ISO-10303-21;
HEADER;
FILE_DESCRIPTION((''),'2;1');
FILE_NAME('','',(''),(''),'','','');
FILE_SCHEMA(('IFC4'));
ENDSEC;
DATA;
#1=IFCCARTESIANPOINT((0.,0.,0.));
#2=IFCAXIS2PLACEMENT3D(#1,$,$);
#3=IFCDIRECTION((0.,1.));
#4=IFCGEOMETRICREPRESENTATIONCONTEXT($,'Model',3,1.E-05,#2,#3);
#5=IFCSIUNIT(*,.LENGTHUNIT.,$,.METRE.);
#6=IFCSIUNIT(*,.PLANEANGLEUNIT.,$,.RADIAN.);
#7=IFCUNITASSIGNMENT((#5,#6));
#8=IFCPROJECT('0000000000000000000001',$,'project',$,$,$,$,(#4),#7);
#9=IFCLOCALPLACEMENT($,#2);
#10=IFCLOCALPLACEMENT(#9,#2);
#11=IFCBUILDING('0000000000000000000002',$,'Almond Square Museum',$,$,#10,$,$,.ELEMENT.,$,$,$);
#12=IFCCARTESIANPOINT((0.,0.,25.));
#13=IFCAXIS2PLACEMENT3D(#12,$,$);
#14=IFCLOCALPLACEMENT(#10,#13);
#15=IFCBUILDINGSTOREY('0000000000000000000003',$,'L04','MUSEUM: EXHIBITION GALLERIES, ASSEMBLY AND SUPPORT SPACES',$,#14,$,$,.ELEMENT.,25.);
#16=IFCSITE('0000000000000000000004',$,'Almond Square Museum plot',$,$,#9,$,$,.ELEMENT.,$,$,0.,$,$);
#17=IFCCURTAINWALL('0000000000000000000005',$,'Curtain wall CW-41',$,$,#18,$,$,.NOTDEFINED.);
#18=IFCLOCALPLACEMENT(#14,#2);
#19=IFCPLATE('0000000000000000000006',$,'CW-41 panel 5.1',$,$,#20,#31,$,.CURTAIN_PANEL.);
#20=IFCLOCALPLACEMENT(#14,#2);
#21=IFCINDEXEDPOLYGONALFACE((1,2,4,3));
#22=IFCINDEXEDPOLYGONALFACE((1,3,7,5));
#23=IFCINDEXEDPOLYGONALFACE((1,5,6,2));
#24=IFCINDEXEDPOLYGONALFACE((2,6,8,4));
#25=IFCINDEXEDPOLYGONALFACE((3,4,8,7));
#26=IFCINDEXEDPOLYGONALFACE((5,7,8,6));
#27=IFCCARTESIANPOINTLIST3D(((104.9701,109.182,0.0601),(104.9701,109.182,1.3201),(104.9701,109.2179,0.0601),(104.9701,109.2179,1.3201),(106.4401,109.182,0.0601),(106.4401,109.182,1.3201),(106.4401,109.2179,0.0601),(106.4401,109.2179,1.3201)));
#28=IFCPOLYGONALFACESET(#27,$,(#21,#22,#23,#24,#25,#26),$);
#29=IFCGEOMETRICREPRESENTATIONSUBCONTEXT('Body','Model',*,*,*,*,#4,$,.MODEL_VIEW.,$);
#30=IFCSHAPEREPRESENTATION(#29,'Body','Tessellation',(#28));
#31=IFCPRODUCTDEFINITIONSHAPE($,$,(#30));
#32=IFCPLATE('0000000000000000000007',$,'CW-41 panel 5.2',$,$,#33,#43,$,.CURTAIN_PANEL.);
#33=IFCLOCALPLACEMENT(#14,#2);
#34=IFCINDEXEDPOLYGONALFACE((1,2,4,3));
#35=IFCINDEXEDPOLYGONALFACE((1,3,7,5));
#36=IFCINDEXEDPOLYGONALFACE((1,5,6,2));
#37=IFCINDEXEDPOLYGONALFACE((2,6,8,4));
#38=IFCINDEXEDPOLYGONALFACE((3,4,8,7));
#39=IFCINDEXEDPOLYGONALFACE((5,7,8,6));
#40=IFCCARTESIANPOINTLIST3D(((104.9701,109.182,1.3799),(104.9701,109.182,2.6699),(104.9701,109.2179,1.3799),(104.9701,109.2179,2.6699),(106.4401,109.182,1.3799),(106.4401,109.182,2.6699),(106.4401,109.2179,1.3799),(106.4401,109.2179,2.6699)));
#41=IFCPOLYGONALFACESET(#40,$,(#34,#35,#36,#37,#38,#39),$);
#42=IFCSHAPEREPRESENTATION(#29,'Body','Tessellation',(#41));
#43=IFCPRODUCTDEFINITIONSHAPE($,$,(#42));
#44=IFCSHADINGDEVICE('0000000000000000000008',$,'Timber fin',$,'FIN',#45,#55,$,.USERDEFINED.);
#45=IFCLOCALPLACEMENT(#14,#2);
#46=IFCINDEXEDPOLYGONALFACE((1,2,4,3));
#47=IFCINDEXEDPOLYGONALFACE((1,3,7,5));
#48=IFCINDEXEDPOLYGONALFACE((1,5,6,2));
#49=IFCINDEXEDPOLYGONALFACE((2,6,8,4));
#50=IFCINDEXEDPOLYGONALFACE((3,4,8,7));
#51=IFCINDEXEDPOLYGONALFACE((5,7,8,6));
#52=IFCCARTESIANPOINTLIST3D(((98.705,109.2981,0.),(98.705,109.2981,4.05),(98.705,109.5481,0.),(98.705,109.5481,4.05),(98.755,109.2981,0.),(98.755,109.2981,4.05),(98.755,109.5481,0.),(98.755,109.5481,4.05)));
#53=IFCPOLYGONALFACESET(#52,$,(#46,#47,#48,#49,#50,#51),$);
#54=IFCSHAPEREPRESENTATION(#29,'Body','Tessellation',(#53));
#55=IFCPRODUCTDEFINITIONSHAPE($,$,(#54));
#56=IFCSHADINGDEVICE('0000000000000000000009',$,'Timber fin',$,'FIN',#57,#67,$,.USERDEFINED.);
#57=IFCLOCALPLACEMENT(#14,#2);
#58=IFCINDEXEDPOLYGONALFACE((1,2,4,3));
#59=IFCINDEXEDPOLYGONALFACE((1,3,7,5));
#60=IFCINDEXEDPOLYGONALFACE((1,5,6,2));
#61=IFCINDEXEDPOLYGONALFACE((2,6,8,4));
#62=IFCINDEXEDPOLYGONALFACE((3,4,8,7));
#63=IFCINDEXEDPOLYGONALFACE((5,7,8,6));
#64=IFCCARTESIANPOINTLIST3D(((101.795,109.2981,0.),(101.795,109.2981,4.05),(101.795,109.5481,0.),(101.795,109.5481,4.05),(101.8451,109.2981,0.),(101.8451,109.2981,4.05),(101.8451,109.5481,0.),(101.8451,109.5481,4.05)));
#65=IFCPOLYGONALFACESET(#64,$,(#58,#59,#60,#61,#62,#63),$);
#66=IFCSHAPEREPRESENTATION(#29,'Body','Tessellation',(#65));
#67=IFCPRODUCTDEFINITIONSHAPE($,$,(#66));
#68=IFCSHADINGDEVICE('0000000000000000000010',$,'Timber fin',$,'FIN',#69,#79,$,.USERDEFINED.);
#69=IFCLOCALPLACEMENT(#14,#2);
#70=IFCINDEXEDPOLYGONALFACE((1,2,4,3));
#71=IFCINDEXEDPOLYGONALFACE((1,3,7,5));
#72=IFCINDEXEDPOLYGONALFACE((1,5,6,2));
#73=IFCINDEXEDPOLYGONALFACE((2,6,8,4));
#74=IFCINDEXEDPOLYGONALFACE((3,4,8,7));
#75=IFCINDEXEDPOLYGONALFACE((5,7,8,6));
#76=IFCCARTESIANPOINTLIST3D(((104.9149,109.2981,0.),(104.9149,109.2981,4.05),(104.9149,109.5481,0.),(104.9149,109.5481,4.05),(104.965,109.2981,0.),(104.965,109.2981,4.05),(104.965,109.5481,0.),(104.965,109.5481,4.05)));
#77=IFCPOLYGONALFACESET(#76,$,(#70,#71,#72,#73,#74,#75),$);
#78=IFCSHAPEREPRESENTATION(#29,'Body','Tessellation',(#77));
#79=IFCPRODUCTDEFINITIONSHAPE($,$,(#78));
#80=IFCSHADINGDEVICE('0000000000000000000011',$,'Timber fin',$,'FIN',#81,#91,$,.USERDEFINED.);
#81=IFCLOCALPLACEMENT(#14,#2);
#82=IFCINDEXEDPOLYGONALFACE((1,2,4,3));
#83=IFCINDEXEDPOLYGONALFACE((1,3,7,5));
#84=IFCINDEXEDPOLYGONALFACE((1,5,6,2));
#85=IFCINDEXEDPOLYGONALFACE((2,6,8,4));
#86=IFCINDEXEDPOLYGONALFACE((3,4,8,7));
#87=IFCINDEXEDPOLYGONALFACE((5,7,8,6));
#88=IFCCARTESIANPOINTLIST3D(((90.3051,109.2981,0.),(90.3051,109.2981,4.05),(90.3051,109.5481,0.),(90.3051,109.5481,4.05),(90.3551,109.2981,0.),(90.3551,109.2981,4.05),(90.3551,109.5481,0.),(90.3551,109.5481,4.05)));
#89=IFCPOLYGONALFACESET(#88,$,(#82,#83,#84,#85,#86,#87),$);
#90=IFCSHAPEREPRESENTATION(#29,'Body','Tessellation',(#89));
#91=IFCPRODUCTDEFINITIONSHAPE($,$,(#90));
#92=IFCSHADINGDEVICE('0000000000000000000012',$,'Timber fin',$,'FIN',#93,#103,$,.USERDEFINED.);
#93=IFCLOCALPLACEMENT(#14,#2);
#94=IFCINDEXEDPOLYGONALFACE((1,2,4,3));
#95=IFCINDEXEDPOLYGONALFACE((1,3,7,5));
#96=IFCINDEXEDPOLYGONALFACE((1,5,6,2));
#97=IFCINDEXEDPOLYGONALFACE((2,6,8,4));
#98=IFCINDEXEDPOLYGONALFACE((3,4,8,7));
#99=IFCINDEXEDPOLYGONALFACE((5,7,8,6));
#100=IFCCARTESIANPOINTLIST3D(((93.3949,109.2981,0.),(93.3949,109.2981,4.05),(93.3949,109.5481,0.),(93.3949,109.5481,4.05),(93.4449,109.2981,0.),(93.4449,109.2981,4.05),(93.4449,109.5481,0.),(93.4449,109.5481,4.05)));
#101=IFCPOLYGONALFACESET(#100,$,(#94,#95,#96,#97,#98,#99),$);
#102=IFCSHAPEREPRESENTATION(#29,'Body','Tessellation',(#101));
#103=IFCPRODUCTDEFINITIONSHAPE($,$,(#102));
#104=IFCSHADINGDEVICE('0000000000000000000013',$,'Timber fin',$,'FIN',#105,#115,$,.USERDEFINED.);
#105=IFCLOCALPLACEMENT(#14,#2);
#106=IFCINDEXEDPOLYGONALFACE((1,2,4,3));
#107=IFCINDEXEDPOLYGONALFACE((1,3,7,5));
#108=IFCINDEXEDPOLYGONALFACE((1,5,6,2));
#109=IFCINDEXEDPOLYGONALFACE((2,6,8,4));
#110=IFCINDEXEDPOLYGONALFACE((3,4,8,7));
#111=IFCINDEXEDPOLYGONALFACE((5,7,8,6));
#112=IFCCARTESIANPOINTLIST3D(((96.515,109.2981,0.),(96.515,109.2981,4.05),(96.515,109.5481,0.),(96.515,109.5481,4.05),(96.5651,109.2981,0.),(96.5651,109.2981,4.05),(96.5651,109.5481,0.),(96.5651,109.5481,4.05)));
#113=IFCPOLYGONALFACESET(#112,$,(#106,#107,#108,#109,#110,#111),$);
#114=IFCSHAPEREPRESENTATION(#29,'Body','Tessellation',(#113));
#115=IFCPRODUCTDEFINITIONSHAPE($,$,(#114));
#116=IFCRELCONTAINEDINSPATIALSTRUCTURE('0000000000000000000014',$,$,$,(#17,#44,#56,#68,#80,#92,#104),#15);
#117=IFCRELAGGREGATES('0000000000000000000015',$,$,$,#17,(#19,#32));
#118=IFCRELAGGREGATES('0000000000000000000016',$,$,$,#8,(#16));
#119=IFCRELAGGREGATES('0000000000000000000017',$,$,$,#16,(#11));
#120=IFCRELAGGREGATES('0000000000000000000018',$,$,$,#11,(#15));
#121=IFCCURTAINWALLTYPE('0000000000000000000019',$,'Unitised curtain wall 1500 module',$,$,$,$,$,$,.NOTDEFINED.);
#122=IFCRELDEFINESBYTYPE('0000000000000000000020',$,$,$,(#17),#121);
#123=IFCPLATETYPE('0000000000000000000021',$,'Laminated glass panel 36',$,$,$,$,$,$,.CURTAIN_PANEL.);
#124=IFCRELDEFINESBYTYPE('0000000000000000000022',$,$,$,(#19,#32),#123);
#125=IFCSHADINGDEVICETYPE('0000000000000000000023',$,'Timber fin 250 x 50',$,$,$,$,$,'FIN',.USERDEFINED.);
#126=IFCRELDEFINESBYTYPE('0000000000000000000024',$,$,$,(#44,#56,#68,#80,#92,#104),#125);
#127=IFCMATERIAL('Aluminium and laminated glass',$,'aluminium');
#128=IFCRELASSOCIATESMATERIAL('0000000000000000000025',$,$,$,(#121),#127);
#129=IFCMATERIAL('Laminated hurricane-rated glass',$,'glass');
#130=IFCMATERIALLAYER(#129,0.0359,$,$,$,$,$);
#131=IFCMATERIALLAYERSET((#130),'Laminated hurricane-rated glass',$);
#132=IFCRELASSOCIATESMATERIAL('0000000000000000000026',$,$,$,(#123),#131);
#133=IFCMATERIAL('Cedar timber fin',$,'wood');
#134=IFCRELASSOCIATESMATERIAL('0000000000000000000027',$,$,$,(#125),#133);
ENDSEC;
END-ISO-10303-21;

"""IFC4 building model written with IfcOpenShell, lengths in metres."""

from ifc_helpers import new_model, si_unit, direction, frame, origin, origin_2d, place, context, subcontext, project, spatial, rectangle, extrude, material, layer, layer_set, material_profile, profile_set, type_object, element, aggregate, save


model = new_model("IFC4")

# Units and contexts
model_context = context("Model", 3, precision=1e-05, world=origin(), true_north=direction((0.0, 1.0)))
body_context = subcontext(model_context, "Body", "Model", "MODEL_VIEW")
ifc_project = project(units=[si_unit("LENGTHUNIT", "METRE"), si_unit("PLANEANGLEUNIT", "RADIAN")], contexts=[model_context])

# Site, building, storey
site_placement = place(None, origin())
site = spatial("IfcSite", under=ifc_project, at=site_placement, Name="Almond Square Museum plot", CompositionType="ELEMENT", RefElevation=0.0)
building_placement = place(site_placement, origin())
building = spatial("IfcBuilding", under=site, at=building_placement, Name="Almond Square Museum", CompositionType="ELEMENT")
storey_placement = place(building_placement, frame((0.0, 0.0, 25.0)))
storey = spatial("IfcBuildingStorey", under=building, at=storey_placement, Name="L04", Description="MUSEUM: EXHIBITION GALLERIES, ASSEMBLY AND SUPPORT SPACES", CompositionType="ELEMENT", Elevation=25.0)

# Curtain wall, plates
ifc_material_1 = material(Name="Aluminium and laminated glass", Category="aluminium")
curtain_wall_type = type_object("IfcCurtainWallType", Name="Unitised curtain wall 1500 module", PredefinedType="NOTDEFINED", material=ifc_material_1)
curtain_wall_placement = place(storey_placement, origin())
curtain_wall = element("IfcCurtainWall", 1, at=curtain_wall_placement, inside=storey, type_object=curtain_wall_type, Name="Curtain wall CW-41", PredefinedType="NOTDEFINED")
ifc_material_2 = material(Name="Laminated hurricane-rated glass", Category="glass")
ifc_layer = layer(ifc_material_2, 0.0359)
ifc_layer_set = layer_set([ifc_layer], Name="Laminated hurricane-rated glass")
plate_type = type_object("IfcPlateType", Name="Laminated glass panel 36", PredefinedType="CURTAIN_PANEL", material=ifc_layer_set)
plate_1_placement = place(storey_placement, frame((105.7051, 109.2, 0.0601), z_axis=(0.0, 0.0, 1.0), x_axis=(1.0, 0.0, 0.0)))
plate_1 = element("IfcPlate", 2, at=plate_1_placement, type_object=plate_type, Name="CW-41 panel 5.1", PredefinedType="CURTAIN_PANEL", context=body_context, shape_type="SweptSolid", body=[
    extrude(rectangle(XDim=1.47, YDim=0.0359, at=origin_2d()), origin(), (0.0, 0.0, 1.0), 1.26),
])
plate_2_placement = place(storey_placement, frame((105.7051, 109.2, 1.3799), z_axis=(0.0, 0.0, 1.0), x_axis=(1.0, 0.0, 0.0)))
plate_2 = element("IfcPlate", 3, at=plate_2_placement, type_object=plate_type, Name="CW-41 panel 5.2", PredefinedType="CURTAIN_PANEL", context=body_context, shape_type="SweptSolid", body=[
    extrude(rectangle(XDim=1.47, YDim=0.0359, at=origin_2d()), origin(), (0.0, 0.0, 1.0), 1.29),
])
aggregate(curtain_wall, [plate_1, plate_2])

# Shading devices
ifc_material_3 = material(Name="Cedar timber fin", Category="wood")
ifc_material_profile_1 = material_profile(ifc_material_3, rectangle(XDim=0.25, YDim=0.05, at=origin_2d()))
ifc_profile_set_1 = profile_set([ifc_material_profile_1], Name="Cedar timber fin")
shading_device_type = type_object("IfcShadingDeviceType", Name="Timber fin 250 x 50", ElementType="FIN", PredefinedType="USERDEFINED", material=ifc_profile_set_1)
for number, where, z_axis, x_axis, name in (
    (4, (98.73, 109.4231, 0.0), (0.0, 0.0, 1.0), (0.0, 1.0, 0.0), "Timber fin"),
    (5, (101.8201, 109.4231, 0.0), (0.0, 0.0, 1.0), (0.0, 1.0, 0.0), "Timber fin"),
    (6, (104.9399, 109.4231, 0.0), (0.0, 0.0, 1.0), (0.0, 1.0, 0.0), "Timber fin"),
    (7, (90.3301, 109.4231, 0.0), (0.0, 0.0, 1.0), (0.0, 1.0, 0.0), "Timber fin"),
    (8, (93.4199, 109.4231, 0.0), (0.0, 0.0, 1.0), (0.0, 1.0, 0.0), "Timber fin"),
    (9, (96.54, 109.4231, 0.0), (0.0, 0.0, 1.0), (0.0, 1.0, 0.0), "Timber fin"),
):
    element("IfcShadingDevice", number, at=place(storey_placement, frame(where, z_axis=z_axis, x_axis=x_axis)), inside=storey, type_object=shading_device_type, Name=name, ObjectType="FIN", PredefinedType="USERDEFINED", context=body_context, shape_type="SweptSolid", body=[
        extrude(rectangle(XDim=0.25, YDim=0.05, at=origin_2d()), origin(), (0.0, 0.0, 1.0), 4.05),
    ])

save(model, "model.ifc")
